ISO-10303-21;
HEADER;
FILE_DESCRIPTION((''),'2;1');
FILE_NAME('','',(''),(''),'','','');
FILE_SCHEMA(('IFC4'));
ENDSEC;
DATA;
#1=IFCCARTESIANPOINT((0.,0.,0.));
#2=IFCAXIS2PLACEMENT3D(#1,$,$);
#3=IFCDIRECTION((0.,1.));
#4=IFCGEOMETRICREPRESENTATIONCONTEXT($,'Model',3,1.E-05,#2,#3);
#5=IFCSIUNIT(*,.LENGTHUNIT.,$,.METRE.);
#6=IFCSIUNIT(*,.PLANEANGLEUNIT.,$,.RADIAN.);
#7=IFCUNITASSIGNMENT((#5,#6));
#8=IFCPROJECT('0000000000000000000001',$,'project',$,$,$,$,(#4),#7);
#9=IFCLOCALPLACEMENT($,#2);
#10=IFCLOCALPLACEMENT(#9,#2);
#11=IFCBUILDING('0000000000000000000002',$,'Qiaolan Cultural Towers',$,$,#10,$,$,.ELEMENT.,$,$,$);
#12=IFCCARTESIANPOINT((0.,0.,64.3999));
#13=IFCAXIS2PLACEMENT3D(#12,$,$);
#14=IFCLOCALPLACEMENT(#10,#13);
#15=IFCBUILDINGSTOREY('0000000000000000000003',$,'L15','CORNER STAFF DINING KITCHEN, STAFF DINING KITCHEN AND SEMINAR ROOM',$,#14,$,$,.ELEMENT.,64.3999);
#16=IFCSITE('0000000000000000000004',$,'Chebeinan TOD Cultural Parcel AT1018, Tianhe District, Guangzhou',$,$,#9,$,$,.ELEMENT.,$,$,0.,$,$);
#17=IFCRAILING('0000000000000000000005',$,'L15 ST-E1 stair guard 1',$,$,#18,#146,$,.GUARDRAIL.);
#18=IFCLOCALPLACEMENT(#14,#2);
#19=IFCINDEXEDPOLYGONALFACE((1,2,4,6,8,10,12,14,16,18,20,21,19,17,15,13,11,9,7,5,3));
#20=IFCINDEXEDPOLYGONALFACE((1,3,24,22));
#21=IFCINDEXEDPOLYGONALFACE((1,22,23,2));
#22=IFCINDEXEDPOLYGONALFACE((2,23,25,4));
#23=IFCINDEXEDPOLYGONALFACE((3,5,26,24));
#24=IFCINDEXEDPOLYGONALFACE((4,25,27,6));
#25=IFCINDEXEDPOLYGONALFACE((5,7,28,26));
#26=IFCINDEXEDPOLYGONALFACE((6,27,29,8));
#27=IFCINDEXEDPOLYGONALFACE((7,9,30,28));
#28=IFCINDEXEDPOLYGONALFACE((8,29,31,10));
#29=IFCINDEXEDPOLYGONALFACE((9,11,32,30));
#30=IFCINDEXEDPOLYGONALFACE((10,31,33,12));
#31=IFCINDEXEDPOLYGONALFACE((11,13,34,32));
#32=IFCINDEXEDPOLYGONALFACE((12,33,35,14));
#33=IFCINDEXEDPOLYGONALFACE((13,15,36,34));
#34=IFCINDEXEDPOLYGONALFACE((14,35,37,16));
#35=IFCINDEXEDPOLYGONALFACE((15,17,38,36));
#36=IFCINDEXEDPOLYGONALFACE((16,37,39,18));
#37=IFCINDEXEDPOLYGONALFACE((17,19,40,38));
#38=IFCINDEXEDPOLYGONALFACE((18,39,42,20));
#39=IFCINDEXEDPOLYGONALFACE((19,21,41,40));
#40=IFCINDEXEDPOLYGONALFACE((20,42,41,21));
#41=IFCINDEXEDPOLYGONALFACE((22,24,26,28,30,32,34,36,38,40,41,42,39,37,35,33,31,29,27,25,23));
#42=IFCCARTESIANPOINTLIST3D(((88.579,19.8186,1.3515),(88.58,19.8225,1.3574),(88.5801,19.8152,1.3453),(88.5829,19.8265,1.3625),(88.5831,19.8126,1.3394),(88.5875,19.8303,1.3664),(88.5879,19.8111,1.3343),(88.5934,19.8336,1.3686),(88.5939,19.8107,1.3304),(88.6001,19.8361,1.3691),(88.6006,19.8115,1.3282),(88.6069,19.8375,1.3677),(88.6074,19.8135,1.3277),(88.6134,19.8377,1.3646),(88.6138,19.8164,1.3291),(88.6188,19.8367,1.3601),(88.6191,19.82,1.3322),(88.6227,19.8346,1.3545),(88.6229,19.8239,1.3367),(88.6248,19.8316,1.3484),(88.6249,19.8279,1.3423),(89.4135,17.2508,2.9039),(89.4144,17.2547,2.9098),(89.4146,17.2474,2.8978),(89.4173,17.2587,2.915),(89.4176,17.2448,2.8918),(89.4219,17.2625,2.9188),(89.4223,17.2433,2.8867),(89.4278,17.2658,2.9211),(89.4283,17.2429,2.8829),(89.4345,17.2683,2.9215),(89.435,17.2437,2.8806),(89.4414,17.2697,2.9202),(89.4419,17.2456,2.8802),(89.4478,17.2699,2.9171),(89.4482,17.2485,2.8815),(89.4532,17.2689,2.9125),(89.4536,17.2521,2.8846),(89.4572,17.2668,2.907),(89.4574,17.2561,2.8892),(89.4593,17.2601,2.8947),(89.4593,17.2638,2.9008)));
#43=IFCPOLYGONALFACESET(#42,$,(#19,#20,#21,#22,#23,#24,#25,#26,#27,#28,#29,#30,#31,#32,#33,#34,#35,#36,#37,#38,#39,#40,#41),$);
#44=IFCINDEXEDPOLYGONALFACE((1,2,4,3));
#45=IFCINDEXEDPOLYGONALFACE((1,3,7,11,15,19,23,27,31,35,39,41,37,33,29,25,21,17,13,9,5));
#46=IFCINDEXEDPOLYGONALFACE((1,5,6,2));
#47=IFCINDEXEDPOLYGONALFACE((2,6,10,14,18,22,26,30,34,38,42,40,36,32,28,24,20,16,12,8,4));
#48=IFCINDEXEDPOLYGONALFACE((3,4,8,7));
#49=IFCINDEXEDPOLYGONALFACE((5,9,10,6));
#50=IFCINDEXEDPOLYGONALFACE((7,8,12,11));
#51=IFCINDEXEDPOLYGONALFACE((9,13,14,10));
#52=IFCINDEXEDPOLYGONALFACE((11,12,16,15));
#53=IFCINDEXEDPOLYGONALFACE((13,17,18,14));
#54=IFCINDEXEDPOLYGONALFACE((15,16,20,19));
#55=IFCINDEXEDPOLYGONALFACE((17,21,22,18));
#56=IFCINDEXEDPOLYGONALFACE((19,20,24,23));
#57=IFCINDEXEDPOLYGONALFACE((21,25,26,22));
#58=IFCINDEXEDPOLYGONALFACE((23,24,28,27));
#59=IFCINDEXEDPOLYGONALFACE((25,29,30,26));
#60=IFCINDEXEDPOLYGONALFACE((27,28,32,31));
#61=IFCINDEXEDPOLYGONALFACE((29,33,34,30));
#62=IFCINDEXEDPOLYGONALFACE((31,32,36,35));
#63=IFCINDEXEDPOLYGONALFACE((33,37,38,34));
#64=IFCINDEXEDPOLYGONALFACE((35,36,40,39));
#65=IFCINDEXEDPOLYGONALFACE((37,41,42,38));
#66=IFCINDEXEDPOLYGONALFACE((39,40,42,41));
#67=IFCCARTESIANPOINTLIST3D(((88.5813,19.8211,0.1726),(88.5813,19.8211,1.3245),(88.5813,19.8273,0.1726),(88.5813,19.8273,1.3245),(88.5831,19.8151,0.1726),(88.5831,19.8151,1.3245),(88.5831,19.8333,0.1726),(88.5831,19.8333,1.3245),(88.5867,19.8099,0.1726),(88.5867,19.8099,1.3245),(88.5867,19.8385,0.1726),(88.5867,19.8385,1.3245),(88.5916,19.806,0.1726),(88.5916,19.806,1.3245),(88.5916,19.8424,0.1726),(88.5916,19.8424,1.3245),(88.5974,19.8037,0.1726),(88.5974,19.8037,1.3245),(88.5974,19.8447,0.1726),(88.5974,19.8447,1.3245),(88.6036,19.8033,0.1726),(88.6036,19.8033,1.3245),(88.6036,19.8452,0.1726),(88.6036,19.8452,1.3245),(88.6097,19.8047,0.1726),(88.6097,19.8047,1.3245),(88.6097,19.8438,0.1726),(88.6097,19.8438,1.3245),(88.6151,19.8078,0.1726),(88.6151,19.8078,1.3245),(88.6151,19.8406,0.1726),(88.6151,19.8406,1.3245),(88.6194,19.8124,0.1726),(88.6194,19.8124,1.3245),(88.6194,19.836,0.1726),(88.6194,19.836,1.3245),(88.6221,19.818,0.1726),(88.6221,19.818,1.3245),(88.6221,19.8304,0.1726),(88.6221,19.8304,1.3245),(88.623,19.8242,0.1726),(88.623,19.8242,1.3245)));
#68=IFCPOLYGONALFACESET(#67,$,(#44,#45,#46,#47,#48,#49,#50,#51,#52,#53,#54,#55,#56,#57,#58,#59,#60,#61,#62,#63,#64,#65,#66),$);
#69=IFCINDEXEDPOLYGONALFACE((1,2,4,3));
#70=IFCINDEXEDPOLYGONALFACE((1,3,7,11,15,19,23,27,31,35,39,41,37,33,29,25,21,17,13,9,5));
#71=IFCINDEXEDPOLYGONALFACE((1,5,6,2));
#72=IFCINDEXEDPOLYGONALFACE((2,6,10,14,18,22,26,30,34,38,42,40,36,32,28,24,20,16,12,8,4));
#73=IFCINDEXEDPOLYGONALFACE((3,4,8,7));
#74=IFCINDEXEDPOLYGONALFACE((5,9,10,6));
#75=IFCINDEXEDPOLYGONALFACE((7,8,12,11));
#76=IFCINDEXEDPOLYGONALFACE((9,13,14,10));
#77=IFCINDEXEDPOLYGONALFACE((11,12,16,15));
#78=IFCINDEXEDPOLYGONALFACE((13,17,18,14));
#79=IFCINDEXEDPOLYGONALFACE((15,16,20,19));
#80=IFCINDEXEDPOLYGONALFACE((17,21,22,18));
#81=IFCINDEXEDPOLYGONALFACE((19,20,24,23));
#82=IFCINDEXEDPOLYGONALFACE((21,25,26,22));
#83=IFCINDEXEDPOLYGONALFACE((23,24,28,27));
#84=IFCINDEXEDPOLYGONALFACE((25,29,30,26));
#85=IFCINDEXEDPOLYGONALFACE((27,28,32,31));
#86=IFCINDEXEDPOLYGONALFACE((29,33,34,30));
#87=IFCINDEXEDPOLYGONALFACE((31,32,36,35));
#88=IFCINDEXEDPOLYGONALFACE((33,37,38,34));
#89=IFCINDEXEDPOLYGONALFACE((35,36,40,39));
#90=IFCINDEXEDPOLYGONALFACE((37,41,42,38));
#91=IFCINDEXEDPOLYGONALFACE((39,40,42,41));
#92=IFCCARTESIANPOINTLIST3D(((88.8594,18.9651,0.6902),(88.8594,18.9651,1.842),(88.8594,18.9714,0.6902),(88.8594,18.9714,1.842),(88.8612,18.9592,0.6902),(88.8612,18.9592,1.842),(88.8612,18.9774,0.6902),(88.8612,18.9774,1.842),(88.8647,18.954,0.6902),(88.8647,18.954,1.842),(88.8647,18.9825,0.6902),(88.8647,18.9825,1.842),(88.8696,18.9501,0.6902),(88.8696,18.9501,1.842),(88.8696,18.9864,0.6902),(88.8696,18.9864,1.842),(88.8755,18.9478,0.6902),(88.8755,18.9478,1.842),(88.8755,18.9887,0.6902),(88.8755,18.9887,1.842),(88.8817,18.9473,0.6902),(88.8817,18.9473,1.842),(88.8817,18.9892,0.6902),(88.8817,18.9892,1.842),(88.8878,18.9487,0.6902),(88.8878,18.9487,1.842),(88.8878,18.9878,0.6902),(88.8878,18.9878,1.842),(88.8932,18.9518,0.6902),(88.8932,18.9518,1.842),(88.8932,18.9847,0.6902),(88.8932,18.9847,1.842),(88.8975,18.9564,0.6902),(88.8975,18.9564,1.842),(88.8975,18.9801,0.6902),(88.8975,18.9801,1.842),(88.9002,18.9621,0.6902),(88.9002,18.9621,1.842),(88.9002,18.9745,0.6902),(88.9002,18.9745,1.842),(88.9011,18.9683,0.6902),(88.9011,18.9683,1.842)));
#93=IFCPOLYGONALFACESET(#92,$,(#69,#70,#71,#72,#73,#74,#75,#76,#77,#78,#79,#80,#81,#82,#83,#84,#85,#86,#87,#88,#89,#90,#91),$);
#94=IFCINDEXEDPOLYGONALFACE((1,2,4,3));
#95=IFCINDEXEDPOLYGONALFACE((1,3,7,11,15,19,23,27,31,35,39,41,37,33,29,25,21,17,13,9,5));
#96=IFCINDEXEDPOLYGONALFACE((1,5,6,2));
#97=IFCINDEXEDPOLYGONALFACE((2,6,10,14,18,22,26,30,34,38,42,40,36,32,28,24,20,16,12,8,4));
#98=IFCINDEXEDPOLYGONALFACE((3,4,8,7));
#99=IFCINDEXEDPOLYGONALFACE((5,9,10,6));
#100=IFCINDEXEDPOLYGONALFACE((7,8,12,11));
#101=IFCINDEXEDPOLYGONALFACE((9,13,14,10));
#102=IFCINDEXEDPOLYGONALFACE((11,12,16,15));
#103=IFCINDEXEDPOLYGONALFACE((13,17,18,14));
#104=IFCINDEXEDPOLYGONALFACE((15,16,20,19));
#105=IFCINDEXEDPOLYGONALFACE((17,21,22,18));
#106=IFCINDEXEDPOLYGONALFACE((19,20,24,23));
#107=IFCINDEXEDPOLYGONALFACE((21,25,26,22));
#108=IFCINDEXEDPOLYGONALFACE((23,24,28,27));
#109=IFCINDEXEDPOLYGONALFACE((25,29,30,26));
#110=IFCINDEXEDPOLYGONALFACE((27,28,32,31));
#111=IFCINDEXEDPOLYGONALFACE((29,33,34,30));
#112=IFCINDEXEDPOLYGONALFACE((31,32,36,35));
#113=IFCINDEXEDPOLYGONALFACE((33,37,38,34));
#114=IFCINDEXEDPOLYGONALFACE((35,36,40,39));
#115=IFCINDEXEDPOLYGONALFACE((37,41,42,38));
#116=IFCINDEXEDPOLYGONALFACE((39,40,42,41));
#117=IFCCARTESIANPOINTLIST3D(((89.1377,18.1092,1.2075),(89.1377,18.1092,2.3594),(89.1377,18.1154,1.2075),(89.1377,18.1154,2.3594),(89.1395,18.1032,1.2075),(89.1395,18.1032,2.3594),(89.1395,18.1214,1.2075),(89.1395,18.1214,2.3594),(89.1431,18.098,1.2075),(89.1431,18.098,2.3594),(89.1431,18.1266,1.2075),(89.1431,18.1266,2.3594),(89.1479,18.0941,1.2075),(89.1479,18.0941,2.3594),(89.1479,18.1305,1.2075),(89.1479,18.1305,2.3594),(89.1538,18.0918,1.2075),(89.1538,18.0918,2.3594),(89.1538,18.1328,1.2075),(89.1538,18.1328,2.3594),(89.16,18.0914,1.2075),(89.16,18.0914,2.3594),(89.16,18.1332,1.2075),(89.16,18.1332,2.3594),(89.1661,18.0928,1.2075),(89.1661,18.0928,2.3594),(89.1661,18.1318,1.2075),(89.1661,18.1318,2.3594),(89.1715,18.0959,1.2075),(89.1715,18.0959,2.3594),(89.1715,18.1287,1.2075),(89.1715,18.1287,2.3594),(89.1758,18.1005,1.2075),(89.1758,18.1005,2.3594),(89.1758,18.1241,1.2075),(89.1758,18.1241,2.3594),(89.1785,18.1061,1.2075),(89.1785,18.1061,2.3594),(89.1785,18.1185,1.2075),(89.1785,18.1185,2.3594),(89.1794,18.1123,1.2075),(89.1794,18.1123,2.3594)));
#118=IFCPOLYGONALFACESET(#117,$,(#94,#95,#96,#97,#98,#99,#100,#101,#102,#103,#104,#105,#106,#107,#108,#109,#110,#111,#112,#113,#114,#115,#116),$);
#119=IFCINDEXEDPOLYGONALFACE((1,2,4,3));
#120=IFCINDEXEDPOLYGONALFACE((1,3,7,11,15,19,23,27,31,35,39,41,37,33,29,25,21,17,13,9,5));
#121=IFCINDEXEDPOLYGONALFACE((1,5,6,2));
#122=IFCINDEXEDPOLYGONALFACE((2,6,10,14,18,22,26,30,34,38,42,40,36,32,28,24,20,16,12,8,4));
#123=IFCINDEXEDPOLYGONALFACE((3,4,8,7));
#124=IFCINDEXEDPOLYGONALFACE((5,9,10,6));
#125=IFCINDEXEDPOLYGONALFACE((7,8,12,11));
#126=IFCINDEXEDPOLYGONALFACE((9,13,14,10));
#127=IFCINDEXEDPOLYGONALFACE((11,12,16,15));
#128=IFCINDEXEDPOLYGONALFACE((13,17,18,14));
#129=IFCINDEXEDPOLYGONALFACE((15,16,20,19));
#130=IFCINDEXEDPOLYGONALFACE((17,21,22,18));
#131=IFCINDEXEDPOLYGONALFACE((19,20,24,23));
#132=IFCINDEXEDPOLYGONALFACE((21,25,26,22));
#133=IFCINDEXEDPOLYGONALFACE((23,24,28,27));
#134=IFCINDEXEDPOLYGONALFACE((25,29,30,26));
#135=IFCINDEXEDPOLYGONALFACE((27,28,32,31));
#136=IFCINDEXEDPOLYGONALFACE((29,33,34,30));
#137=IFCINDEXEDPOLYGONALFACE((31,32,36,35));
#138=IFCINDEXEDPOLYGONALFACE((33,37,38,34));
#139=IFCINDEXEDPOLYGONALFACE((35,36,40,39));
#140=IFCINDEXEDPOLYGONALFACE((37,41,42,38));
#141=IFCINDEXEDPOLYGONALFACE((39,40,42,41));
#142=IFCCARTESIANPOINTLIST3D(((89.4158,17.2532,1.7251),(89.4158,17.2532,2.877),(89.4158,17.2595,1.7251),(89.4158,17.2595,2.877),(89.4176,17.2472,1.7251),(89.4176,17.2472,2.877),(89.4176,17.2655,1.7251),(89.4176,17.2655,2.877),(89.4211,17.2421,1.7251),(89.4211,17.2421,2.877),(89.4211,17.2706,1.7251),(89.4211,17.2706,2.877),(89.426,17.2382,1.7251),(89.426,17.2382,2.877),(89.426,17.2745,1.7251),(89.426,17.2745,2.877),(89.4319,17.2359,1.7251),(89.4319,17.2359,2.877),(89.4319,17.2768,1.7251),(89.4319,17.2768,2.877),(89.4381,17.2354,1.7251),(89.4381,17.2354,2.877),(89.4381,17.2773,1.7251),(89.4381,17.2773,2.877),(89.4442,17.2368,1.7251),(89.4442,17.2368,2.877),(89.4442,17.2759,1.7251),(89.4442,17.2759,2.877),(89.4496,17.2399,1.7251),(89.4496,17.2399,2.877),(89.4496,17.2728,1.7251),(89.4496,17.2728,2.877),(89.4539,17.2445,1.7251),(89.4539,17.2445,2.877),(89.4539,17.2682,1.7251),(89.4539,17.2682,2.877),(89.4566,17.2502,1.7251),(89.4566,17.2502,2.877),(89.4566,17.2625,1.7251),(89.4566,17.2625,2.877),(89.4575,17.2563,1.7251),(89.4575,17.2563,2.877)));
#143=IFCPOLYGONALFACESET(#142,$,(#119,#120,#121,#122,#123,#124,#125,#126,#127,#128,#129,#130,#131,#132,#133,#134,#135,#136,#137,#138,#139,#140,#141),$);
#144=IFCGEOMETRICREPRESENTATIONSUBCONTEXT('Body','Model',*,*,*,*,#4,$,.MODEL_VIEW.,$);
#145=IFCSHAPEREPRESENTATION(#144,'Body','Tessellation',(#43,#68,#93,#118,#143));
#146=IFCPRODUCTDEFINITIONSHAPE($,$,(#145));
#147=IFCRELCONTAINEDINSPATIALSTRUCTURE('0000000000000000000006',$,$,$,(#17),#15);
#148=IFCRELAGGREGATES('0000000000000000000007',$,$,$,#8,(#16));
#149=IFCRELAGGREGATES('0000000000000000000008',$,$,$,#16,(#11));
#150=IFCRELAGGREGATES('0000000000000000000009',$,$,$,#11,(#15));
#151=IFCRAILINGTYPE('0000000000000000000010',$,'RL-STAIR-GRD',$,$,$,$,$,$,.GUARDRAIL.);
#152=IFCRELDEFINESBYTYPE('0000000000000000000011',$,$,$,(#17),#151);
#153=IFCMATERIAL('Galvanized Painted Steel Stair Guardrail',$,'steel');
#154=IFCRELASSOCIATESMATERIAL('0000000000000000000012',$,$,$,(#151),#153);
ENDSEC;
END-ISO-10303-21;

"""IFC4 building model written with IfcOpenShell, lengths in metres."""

from ifc_helpers import new_model, si_unit, direction, frame, origin, origin_2d, place, context, subcontext, project, spatial, circle, extrude, material, type_object, element, save


model = new_model("IFC4")

# Units and contexts
model_context = context("Model", 3, precision=1e-05, world=origin(), true_north=direction((0.0, 1.0)))
body_context = subcontext(model_context, "Body", "Model", "MODEL_VIEW")
ifc_project = project(units=[si_unit("LENGTHUNIT", "METRE"), si_unit("PLANEANGLEUNIT", "RADIAN")], contexts=[model_context])

# Site, building, storey
site_placement = place(None, origin())
site = spatial("IfcSite", under=ifc_project, at=site_placement, Name="Chebeinan TOD Cultural Parcel AT1018, Tianhe District, Guangzhou", CompositionType="ELEMENT", RefElevation=0.0)
building_placement = place(site_placement, origin())
building = spatial("IfcBuilding", under=site, at=building_placement, Name="Qiaolan Cultural Towers", CompositionType="ELEMENT")
storey_placement = place(building_placement, frame((0.0, 0.0, 64.3999)))
storey = spatial("IfcBuildingStorey", under=building, at=storey_placement, Name="L15", Description="CORNER STAFF DINING KITCHEN, STAFF DINING KITCHEN AND SEMINAR ROOM", CompositionType="ELEMENT", Elevation=64.3999)

# Railing
ifc_material_1 = material(Name="Galvanized Painted Steel Stair Guardrail", Category="steel")
railing_type_1 = type_object("IfcRailingType", Name="RL-STAIR-GRD", PredefinedType="GUARDRAIL", material=ifc_material_1)
railing_1_placement = place(storey_placement, frame((88.6021, 19.8242, 0.1726)))
element("IfcRailing", 1, at=railing_1_placement, inside=storey, type_object=railing_type_1, Name="L15 ST-E1 stair guard 1", PredefinedType="GUARDRAIL", context=body_context, shape_type="SweptSolid", body=[
    extrude(circle(Radius=0.0239, at=origin_2d()), frame((0.0, 0.0, 1.1758), z_axis=(0.267926, -0.824471, 0.498461), x_axis=(0.951043, 0.309057, 0.0)), (0.0, 0.0, 1.0), 3.1145),
    extrude(circle(Radius=0.021, at=origin_2d()), origin(), (0.0, 0.0, 1.0), 1.1519),
    extrude(circle(Radius=0.021, at=origin_2d()), frame((0.2781, -0.856, 0.5176)), (0.0, 0.0, 1.0), 1.1519),
    extrude(circle(Radius=0.021, at=origin_2d()), frame((0.5564, -1.7119, 1.0349)), (0.0, 0.0, 1.0), 1.1519),
    extrude(circle(Radius=0.021, at=origin_2d()), frame((0.8345, -2.5679, 1.5525)), (0.0, 0.0, 1.0), 1.1519),
])

save(model, "model.ifc")
